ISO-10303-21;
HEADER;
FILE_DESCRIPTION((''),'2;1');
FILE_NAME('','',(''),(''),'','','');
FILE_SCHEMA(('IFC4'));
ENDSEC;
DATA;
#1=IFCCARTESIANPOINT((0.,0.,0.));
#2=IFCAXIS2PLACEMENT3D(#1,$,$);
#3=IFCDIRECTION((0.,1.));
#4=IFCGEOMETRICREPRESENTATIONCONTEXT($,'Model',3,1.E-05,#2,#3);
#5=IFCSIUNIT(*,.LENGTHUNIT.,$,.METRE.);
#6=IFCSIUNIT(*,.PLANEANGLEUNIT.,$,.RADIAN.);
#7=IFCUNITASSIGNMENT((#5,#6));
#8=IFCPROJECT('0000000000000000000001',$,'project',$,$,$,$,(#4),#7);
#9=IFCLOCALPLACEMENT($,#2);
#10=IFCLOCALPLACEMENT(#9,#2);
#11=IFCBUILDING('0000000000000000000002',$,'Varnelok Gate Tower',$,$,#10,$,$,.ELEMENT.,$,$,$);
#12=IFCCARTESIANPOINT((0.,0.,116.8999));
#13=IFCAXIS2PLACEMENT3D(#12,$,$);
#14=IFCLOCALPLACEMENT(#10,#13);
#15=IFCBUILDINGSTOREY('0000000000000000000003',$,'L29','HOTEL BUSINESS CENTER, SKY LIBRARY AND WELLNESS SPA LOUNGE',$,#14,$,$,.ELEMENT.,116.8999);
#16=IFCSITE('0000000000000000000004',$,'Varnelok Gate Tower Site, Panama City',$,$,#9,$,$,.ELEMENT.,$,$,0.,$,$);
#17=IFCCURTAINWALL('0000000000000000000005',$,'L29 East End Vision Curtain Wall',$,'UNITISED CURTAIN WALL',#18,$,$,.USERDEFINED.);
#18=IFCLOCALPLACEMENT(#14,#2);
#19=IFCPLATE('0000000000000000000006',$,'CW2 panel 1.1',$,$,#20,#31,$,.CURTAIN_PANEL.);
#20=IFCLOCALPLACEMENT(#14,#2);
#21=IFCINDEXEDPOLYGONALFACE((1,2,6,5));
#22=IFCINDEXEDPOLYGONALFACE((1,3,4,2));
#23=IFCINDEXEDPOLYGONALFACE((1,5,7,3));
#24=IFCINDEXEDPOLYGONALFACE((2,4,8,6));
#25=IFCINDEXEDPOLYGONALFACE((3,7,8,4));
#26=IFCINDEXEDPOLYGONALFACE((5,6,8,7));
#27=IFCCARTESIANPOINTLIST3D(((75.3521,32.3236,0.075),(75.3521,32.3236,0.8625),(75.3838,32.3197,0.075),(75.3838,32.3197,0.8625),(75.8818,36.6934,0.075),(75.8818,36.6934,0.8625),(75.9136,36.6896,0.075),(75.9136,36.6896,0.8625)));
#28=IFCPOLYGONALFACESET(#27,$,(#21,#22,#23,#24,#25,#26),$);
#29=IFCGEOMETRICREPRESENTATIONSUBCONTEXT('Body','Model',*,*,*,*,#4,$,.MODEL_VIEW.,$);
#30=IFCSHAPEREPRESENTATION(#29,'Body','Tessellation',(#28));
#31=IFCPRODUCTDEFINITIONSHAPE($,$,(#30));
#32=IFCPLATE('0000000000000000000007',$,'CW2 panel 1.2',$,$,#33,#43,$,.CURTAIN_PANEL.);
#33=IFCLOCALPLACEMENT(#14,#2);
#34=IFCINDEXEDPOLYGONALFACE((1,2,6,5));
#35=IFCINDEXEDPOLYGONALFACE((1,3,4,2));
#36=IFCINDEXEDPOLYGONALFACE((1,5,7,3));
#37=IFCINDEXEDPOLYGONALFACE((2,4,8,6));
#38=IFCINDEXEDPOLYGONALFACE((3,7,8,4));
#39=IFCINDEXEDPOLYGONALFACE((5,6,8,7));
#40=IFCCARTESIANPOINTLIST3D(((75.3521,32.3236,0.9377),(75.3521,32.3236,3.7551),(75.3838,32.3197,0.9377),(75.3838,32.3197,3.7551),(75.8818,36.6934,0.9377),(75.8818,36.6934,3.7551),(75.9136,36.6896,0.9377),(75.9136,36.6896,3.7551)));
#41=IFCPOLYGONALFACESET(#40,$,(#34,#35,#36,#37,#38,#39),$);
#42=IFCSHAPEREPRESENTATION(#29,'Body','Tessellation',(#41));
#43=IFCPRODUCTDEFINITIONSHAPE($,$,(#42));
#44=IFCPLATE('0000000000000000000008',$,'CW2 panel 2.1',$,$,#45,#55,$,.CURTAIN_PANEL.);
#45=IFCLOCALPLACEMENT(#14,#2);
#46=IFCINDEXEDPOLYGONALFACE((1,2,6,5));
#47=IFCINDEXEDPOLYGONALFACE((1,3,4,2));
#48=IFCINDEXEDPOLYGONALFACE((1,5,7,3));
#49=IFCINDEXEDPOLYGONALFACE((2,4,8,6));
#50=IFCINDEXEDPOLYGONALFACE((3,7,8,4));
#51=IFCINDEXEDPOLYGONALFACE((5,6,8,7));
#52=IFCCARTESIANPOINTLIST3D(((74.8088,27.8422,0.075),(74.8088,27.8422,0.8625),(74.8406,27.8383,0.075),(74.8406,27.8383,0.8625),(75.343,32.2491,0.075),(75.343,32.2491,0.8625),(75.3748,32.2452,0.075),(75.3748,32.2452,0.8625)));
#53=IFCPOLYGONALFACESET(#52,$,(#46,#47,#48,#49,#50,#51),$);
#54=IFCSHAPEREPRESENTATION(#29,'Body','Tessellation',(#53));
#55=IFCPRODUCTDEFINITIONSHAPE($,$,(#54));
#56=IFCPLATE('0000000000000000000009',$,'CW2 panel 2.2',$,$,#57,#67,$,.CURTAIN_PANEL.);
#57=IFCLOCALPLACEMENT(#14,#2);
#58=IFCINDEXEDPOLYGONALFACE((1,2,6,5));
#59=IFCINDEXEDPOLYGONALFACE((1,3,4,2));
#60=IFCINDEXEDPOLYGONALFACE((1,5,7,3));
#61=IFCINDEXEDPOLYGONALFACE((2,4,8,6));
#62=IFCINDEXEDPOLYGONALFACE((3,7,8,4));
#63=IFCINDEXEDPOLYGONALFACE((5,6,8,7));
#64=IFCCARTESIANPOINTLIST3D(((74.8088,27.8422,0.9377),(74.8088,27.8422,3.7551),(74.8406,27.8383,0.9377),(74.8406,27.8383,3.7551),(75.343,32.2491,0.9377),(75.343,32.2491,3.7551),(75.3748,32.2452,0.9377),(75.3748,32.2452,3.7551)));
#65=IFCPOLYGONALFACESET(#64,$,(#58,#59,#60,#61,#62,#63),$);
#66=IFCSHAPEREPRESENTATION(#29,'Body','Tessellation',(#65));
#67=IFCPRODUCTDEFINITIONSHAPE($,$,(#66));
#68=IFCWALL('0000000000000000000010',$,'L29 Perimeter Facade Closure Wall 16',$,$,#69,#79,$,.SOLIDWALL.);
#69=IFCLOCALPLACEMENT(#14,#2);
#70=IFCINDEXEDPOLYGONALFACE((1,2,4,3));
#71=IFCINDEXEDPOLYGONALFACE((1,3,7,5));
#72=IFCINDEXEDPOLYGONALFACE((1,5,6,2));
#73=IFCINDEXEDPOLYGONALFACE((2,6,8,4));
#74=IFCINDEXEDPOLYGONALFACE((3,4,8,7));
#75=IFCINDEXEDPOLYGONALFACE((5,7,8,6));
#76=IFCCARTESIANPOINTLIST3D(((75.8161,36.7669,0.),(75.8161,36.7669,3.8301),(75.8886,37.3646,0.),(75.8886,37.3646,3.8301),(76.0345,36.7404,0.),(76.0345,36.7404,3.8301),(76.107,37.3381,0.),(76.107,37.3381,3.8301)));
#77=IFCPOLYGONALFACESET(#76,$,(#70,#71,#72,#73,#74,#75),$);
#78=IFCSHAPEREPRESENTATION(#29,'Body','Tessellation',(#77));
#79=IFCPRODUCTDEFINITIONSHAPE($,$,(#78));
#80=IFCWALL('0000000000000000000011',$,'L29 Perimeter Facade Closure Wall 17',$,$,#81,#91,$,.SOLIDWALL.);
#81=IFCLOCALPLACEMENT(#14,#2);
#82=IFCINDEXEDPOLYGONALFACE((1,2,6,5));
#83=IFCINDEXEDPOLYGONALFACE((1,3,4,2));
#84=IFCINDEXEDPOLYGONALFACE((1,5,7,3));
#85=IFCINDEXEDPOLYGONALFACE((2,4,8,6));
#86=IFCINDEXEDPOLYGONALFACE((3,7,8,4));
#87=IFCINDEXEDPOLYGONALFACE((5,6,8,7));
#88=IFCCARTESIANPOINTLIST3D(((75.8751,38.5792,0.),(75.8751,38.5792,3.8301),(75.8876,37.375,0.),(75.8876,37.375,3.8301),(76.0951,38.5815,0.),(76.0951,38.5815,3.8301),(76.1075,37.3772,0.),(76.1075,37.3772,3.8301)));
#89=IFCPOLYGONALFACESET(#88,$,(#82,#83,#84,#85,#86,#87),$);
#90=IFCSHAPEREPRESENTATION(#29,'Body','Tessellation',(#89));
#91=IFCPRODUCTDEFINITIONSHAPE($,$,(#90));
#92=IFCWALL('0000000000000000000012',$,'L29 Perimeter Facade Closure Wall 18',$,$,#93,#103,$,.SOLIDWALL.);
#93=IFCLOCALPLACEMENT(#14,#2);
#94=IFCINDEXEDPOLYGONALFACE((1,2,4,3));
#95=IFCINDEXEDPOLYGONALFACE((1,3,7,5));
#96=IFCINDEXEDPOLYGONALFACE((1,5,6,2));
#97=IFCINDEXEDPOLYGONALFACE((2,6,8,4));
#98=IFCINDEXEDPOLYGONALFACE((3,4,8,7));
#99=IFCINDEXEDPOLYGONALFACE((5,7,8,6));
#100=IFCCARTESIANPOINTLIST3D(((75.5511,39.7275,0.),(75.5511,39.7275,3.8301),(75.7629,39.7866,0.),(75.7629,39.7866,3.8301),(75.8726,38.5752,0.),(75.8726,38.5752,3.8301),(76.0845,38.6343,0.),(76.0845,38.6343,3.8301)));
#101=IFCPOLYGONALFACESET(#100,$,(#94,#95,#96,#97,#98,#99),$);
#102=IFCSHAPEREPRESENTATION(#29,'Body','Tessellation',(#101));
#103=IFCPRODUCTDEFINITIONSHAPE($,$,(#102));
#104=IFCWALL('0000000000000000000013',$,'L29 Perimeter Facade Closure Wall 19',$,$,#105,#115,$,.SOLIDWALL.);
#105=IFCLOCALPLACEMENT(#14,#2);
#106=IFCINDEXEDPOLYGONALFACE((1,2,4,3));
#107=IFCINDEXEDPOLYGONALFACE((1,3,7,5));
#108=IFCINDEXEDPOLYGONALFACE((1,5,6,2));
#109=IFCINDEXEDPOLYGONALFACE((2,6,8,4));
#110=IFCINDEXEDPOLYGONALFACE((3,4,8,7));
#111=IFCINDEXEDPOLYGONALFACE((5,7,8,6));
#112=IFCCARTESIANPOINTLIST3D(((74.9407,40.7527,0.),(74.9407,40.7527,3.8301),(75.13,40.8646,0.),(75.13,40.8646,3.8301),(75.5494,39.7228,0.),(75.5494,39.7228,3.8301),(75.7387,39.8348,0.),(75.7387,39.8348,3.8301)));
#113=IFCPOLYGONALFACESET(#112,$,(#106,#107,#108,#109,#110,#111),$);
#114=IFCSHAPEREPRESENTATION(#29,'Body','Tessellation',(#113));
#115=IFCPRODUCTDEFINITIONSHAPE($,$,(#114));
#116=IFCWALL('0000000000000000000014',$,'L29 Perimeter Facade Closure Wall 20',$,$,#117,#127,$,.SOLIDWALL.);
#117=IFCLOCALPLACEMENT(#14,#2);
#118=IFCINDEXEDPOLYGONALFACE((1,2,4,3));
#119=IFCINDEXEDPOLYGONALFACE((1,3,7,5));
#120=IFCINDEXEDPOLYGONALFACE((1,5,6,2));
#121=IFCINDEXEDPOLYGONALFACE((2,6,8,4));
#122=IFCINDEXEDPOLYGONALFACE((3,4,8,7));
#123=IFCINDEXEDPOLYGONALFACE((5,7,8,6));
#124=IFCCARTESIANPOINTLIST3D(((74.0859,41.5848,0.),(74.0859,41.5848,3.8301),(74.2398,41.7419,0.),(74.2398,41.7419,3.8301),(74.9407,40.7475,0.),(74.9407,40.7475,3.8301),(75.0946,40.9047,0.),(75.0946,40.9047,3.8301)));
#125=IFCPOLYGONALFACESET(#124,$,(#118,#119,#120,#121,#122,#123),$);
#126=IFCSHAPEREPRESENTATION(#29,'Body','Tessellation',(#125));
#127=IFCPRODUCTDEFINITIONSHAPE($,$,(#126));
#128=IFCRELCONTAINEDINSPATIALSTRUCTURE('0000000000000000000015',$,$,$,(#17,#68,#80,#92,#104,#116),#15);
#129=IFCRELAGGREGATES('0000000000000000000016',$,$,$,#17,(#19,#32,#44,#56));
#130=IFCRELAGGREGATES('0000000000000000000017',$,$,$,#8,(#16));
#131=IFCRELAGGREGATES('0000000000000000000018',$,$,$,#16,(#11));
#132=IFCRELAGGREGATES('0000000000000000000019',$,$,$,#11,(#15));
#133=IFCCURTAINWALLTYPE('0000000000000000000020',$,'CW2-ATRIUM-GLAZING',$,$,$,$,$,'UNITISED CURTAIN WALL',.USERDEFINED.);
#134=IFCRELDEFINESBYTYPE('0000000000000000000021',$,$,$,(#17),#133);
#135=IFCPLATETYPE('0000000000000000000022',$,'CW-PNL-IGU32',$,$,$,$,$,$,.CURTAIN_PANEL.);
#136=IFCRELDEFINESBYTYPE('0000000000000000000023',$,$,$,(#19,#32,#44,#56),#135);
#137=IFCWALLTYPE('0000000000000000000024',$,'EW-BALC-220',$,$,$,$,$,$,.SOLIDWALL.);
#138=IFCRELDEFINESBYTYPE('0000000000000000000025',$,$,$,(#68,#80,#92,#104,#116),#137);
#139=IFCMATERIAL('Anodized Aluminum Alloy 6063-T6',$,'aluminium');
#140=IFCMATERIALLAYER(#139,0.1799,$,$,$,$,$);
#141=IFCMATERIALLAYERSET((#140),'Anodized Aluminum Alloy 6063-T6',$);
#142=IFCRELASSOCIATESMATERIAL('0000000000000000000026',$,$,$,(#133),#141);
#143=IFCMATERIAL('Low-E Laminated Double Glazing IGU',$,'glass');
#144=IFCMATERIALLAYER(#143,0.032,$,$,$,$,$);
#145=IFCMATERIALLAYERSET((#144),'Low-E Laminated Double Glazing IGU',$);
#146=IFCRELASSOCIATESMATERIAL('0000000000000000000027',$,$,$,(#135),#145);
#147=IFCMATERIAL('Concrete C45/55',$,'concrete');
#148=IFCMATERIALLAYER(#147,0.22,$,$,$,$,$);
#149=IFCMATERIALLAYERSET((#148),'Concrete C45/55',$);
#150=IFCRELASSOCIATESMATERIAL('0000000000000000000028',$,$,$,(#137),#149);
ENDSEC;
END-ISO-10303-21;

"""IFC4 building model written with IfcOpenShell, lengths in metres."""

from ifc_helpers import new_model, si_unit, direction, frame, frame_2d, origin, origin_2d, place, context, subcontext, project, spatial, rectangle, extrude, source, transform, mapped, material, layer, layer_set, type_object, element, aggregate, save


model = new_model("IFC4")

# Units and contexts
model_context = context("Model", 3, precision=1e-05, world=origin(), true_north=direction((0.0, 1.0)))
body_context = subcontext(model_context, "Body", "Model", "MODEL_VIEW")
ifc_project = project(units=[si_unit("LENGTHUNIT", "METRE"), si_unit("PLANEANGLEUNIT", "RADIAN")], contexts=[model_context])

# Site, building, storey
site_placement = place(None, origin())
site = spatial("IfcSite", under=ifc_project, at=site_placement, Name="Varnelok Gate Tower Site, Panama City", CompositionType="ELEMENT", RefElevation=0.0)
building_placement = place(site_placement, origin())
building = spatial("IfcBuilding", under=site, at=building_placement, Name="Varnelok Gate Tower", CompositionType="ELEMENT")
storey_placement = place(building_placement, frame((0.0, 0.0, 116.8999)))
storey = spatial("IfcBuildingStorey", under=building, at=storey_placement, Name="L29", Description="HOTEL BUSINESS CENTER, SKY LIBRARY AND WELLNESS SPA LOUNGE", CompositionType="ELEMENT", Elevation=116.8999)

# Curtain wall, plates
ifc_material_1 = material(Name="Anodized Aluminum Alloy 6063-T6", Category="aluminium")
ifc_layer_1 = layer(ifc_material_1, 0.1799)
ifc_layer_set_1 = layer_set([ifc_layer_1], Name="Anodized Aluminum Alloy 6063-T6")
curtain_wall_type = type_object("IfcCurtainWallType", Name="CW2-ATRIUM-GLAZING", ElementType="UNITISED CURTAIN WALL", PredefinedType="USERDEFINED", material=ifc_layer_set_1)
curtain_wall_placement = place(storey_placement, origin())
curtain_wall = element("IfcCurtainWall", 1, at=curtain_wall_placement, inside=storey, type_object=curtain_wall_type, Name="L29 East End Vision Curtain Wall", ObjectType="UNITISED CURTAIN WALL", PredefinedType="USERDEFINED")
ifc_material_2 = material(Name="Low-E Laminated Double Glazing IGU", Category="glass")
ifc_layer_2 = layer(ifc_material_2, 0.032)
ifc_layer_set_2 = layer_set([ifc_layer_2], Name="Low-E Laminated Double Glazing IGU")
plate_type = type_object("IfcPlateType", Name="CW-PNL-IGU32", PredefinedType="CURTAIN_PANEL", material=ifc_layer_set_2)
shared_shape_1 = source(origin(), body_context, "Body", "SweptSolid", [
    extrude(rectangle(XDim=4.4019, YDim=0.032, at=origin_2d()), origin(), (0.0, 0.0, 1.0), 0.7876),
])
plate_1_placement = place(storey_placement, frame((75.6328, 34.5066, 0.075), z_axis=(0.0, 0.0, 1.0), x_axis=(-0.120345, -0.992732, 0.0)))
plate_1 = element("IfcPlate", 2, at=plate_1_placement, type_object=plate_type, Name="CW2 panel 1.1", PredefinedType="CURTAIN_PANEL", context=body_context, shape_type="MappedRepresentation", body=[
    mapped(shared_shape_1, transform((0.0, 0.0, 0.0), scale=1.0)),
])
shared_shape_2 = source(origin(), body_context, "Body", "SweptSolid", [
    extrude(rectangle(XDim=4.4019, YDim=0.032, at=origin_2d()), origin(), (0.0, 0.0, 1.0), 2.8174),
])
plate_2_placement = place(storey_placement, frame((75.6328, 34.5066, 0.9377), z_axis=(0.0, 0.0, 1.0), x_axis=(-0.120345, -0.992732, 0.0)))
plate_2 = element("IfcPlate", 3, at=plate_2_placement, type_object=plate_type, Name="CW2 panel 1.2", PredefinedType="CURTAIN_PANEL", context=body_context, shape_type="MappedRepresentation", body=[
    mapped(shared_shape_2, transform((0.0, 0.0, 0.0), scale=1.0)),
])
shared_shape_3 = source(origin(), body_context, "Body", "SweptSolid", [
    extrude(rectangle(XDim=4.4392, YDim=0.032, at=origin_2d()), origin(), (0.0, 0.0, 1.0), 0.7876),
])
plate_3_placement = place(storey_placement, frame((75.0918, 30.0437, 0.075), z_axis=(0.0, 0.0, 1.0), x_axis=(-0.120345, -0.992732, 0.0)))
plate_3 = element("IfcPlate", 4, at=plate_3_placement, type_object=plate_type, Name="CW2 panel 2.1", PredefinedType="CURTAIN_PANEL", context=body_context, shape_type="MappedRepresentation", body=[
    mapped(shared_shape_3, transform((0.0, 0.0, 0.0), scale=1.0)),
])
shared_shape_4 = source(origin(), body_context, "Body", "SweptSolid", [
    extrude(rectangle(XDim=4.4392, YDim=0.032, at=origin_2d()), origin(), (0.0, 0.0, 1.0), 2.8174),
])
plate_4_placement = place(storey_placement, frame((75.0918, 30.0437, 0.9377), z_axis=(0.0, 0.0, 1.0), x_axis=(-0.120345, -0.992732, 0.0)))
plate_4 = element("IfcPlate", 5, at=plate_4_placement, type_object=plate_type, Name="CW2 panel 2.2", PredefinedType="CURTAIN_PANEL", context=body_context, shape_type="MappedRepresentation", body=[
    mapped(shared_shape_4, transform((0.0, 0.0, 0.0), scale=1.0)),
])
aggregate(curtain_wall, [plate_1, plate_2, plate_3, plate_4])

# Walls
ifc_material_3 = material(Name="Concrete C45/55", Category="concrete")
ifc_layer_3 = layer(ifc_material_3, 0.22)
ifc_layer_set_3 = layer_set([ifc_layer_3], Name="Concrete C45/55")
wall_type = type_object("IfcWallType", Name="EW-BALC-220", PredefinedType="SOLIDWALL", material=ifc_layer_set_3)
wall_1_placement = place(storey_placement, frame((75.9253, 36.7537, 0.0), z_axis=(0.0, 0.0, 1.0), x_axis=(0.12044, 0.992721, 0.0)))
element("IfcWall", 6, at=wall_1_placement, inside=storey, type_object=wall_type, Name="L29 Perimeter Facade Closure Wall 16", PredefinedType="SOLIDWALL", context=body_context, shape_type="SweptSolid", body=[
    extrude(rectangle(XDim=0.6021, YDim=0.22, at=frame_2d((0.301, 0.0))), origin(), (0.0, 0.0, 1.0), 3.8301),
])
wall_2_placement = place(storey_placement, frame((75.9976, 37.3762, 0.0), z_axis=(0.0, 0.0, 1.0), x_axis=(-0.010338, 0.999947, 0.0)))
element("IfcWall", 7, at=wall_2_placement, inside=storey, type_object=wall_type, Name="L29 Perimeter Facade Closure Wall 17", PredefinedType="SOLIDWALL", context=body_context, shape_type="SweptSolid", body=[
    extrude(rectangle(XDim=1.2043, YDim=0.22, at=frame_2d((0.6021, 0.0))), origin(), (0.0, 0.0, 1.0), 3.8301),
])
for number, where, z_axis, x_axis, name in (
    (8, (75.9785, 38.6047, 0.0), (0.0, 0.0, 1.0), (-0.268759, 0.963207, 0.0), "L29 Perimeter Facade Closure Wall 18"),
    (9, (75.644, 39.7788, 0.0), (0.0, 0.0, 1.0), (-0.508812, 0.860878, 0.0), "L29 Perimeter Facade Closure Wall 19"),
):
    element("IfcWall", number, at=place(storey_placement, frame(where, z_axis=z_axis, x_axis=x_axis)), inside=storey, type_object=wall_type, Name=name, PredefinedType="SOLIDWALL", context=body_context, shape_type="SweptSolid", body=[
        extrude(rectangle(XDim=1.1963, YDim=0.22, at=frame_2d((0.5981, 0.0))), origin(), (0.0, 0.0, 1.0), 3.8301),
    ])
wall_3_placement = place(storey_placement, frame((75.0176, 40.8262, 0.0), z_axis=(0.0, 0.0, 1.0), x_axis=(-0.714415, 0.699722, 0.0)))
element("IfcWall", 10, at=wall_3_placement, inside=storey, type_object=wall_type, Name="L29 Perimeter Facade Closure Wall 20", PredefinedType="SOLIDWALL", context=body_context, shape_type="SweptSolid", body=[
    extrude(rectangle(XDim=1.1965, YDim=0.22, at=frame_2d((0.5981, 0.0))), origin(), (0.0, 0.0, 1.0), 3.8301),
])

save(model, "model.ifc")
